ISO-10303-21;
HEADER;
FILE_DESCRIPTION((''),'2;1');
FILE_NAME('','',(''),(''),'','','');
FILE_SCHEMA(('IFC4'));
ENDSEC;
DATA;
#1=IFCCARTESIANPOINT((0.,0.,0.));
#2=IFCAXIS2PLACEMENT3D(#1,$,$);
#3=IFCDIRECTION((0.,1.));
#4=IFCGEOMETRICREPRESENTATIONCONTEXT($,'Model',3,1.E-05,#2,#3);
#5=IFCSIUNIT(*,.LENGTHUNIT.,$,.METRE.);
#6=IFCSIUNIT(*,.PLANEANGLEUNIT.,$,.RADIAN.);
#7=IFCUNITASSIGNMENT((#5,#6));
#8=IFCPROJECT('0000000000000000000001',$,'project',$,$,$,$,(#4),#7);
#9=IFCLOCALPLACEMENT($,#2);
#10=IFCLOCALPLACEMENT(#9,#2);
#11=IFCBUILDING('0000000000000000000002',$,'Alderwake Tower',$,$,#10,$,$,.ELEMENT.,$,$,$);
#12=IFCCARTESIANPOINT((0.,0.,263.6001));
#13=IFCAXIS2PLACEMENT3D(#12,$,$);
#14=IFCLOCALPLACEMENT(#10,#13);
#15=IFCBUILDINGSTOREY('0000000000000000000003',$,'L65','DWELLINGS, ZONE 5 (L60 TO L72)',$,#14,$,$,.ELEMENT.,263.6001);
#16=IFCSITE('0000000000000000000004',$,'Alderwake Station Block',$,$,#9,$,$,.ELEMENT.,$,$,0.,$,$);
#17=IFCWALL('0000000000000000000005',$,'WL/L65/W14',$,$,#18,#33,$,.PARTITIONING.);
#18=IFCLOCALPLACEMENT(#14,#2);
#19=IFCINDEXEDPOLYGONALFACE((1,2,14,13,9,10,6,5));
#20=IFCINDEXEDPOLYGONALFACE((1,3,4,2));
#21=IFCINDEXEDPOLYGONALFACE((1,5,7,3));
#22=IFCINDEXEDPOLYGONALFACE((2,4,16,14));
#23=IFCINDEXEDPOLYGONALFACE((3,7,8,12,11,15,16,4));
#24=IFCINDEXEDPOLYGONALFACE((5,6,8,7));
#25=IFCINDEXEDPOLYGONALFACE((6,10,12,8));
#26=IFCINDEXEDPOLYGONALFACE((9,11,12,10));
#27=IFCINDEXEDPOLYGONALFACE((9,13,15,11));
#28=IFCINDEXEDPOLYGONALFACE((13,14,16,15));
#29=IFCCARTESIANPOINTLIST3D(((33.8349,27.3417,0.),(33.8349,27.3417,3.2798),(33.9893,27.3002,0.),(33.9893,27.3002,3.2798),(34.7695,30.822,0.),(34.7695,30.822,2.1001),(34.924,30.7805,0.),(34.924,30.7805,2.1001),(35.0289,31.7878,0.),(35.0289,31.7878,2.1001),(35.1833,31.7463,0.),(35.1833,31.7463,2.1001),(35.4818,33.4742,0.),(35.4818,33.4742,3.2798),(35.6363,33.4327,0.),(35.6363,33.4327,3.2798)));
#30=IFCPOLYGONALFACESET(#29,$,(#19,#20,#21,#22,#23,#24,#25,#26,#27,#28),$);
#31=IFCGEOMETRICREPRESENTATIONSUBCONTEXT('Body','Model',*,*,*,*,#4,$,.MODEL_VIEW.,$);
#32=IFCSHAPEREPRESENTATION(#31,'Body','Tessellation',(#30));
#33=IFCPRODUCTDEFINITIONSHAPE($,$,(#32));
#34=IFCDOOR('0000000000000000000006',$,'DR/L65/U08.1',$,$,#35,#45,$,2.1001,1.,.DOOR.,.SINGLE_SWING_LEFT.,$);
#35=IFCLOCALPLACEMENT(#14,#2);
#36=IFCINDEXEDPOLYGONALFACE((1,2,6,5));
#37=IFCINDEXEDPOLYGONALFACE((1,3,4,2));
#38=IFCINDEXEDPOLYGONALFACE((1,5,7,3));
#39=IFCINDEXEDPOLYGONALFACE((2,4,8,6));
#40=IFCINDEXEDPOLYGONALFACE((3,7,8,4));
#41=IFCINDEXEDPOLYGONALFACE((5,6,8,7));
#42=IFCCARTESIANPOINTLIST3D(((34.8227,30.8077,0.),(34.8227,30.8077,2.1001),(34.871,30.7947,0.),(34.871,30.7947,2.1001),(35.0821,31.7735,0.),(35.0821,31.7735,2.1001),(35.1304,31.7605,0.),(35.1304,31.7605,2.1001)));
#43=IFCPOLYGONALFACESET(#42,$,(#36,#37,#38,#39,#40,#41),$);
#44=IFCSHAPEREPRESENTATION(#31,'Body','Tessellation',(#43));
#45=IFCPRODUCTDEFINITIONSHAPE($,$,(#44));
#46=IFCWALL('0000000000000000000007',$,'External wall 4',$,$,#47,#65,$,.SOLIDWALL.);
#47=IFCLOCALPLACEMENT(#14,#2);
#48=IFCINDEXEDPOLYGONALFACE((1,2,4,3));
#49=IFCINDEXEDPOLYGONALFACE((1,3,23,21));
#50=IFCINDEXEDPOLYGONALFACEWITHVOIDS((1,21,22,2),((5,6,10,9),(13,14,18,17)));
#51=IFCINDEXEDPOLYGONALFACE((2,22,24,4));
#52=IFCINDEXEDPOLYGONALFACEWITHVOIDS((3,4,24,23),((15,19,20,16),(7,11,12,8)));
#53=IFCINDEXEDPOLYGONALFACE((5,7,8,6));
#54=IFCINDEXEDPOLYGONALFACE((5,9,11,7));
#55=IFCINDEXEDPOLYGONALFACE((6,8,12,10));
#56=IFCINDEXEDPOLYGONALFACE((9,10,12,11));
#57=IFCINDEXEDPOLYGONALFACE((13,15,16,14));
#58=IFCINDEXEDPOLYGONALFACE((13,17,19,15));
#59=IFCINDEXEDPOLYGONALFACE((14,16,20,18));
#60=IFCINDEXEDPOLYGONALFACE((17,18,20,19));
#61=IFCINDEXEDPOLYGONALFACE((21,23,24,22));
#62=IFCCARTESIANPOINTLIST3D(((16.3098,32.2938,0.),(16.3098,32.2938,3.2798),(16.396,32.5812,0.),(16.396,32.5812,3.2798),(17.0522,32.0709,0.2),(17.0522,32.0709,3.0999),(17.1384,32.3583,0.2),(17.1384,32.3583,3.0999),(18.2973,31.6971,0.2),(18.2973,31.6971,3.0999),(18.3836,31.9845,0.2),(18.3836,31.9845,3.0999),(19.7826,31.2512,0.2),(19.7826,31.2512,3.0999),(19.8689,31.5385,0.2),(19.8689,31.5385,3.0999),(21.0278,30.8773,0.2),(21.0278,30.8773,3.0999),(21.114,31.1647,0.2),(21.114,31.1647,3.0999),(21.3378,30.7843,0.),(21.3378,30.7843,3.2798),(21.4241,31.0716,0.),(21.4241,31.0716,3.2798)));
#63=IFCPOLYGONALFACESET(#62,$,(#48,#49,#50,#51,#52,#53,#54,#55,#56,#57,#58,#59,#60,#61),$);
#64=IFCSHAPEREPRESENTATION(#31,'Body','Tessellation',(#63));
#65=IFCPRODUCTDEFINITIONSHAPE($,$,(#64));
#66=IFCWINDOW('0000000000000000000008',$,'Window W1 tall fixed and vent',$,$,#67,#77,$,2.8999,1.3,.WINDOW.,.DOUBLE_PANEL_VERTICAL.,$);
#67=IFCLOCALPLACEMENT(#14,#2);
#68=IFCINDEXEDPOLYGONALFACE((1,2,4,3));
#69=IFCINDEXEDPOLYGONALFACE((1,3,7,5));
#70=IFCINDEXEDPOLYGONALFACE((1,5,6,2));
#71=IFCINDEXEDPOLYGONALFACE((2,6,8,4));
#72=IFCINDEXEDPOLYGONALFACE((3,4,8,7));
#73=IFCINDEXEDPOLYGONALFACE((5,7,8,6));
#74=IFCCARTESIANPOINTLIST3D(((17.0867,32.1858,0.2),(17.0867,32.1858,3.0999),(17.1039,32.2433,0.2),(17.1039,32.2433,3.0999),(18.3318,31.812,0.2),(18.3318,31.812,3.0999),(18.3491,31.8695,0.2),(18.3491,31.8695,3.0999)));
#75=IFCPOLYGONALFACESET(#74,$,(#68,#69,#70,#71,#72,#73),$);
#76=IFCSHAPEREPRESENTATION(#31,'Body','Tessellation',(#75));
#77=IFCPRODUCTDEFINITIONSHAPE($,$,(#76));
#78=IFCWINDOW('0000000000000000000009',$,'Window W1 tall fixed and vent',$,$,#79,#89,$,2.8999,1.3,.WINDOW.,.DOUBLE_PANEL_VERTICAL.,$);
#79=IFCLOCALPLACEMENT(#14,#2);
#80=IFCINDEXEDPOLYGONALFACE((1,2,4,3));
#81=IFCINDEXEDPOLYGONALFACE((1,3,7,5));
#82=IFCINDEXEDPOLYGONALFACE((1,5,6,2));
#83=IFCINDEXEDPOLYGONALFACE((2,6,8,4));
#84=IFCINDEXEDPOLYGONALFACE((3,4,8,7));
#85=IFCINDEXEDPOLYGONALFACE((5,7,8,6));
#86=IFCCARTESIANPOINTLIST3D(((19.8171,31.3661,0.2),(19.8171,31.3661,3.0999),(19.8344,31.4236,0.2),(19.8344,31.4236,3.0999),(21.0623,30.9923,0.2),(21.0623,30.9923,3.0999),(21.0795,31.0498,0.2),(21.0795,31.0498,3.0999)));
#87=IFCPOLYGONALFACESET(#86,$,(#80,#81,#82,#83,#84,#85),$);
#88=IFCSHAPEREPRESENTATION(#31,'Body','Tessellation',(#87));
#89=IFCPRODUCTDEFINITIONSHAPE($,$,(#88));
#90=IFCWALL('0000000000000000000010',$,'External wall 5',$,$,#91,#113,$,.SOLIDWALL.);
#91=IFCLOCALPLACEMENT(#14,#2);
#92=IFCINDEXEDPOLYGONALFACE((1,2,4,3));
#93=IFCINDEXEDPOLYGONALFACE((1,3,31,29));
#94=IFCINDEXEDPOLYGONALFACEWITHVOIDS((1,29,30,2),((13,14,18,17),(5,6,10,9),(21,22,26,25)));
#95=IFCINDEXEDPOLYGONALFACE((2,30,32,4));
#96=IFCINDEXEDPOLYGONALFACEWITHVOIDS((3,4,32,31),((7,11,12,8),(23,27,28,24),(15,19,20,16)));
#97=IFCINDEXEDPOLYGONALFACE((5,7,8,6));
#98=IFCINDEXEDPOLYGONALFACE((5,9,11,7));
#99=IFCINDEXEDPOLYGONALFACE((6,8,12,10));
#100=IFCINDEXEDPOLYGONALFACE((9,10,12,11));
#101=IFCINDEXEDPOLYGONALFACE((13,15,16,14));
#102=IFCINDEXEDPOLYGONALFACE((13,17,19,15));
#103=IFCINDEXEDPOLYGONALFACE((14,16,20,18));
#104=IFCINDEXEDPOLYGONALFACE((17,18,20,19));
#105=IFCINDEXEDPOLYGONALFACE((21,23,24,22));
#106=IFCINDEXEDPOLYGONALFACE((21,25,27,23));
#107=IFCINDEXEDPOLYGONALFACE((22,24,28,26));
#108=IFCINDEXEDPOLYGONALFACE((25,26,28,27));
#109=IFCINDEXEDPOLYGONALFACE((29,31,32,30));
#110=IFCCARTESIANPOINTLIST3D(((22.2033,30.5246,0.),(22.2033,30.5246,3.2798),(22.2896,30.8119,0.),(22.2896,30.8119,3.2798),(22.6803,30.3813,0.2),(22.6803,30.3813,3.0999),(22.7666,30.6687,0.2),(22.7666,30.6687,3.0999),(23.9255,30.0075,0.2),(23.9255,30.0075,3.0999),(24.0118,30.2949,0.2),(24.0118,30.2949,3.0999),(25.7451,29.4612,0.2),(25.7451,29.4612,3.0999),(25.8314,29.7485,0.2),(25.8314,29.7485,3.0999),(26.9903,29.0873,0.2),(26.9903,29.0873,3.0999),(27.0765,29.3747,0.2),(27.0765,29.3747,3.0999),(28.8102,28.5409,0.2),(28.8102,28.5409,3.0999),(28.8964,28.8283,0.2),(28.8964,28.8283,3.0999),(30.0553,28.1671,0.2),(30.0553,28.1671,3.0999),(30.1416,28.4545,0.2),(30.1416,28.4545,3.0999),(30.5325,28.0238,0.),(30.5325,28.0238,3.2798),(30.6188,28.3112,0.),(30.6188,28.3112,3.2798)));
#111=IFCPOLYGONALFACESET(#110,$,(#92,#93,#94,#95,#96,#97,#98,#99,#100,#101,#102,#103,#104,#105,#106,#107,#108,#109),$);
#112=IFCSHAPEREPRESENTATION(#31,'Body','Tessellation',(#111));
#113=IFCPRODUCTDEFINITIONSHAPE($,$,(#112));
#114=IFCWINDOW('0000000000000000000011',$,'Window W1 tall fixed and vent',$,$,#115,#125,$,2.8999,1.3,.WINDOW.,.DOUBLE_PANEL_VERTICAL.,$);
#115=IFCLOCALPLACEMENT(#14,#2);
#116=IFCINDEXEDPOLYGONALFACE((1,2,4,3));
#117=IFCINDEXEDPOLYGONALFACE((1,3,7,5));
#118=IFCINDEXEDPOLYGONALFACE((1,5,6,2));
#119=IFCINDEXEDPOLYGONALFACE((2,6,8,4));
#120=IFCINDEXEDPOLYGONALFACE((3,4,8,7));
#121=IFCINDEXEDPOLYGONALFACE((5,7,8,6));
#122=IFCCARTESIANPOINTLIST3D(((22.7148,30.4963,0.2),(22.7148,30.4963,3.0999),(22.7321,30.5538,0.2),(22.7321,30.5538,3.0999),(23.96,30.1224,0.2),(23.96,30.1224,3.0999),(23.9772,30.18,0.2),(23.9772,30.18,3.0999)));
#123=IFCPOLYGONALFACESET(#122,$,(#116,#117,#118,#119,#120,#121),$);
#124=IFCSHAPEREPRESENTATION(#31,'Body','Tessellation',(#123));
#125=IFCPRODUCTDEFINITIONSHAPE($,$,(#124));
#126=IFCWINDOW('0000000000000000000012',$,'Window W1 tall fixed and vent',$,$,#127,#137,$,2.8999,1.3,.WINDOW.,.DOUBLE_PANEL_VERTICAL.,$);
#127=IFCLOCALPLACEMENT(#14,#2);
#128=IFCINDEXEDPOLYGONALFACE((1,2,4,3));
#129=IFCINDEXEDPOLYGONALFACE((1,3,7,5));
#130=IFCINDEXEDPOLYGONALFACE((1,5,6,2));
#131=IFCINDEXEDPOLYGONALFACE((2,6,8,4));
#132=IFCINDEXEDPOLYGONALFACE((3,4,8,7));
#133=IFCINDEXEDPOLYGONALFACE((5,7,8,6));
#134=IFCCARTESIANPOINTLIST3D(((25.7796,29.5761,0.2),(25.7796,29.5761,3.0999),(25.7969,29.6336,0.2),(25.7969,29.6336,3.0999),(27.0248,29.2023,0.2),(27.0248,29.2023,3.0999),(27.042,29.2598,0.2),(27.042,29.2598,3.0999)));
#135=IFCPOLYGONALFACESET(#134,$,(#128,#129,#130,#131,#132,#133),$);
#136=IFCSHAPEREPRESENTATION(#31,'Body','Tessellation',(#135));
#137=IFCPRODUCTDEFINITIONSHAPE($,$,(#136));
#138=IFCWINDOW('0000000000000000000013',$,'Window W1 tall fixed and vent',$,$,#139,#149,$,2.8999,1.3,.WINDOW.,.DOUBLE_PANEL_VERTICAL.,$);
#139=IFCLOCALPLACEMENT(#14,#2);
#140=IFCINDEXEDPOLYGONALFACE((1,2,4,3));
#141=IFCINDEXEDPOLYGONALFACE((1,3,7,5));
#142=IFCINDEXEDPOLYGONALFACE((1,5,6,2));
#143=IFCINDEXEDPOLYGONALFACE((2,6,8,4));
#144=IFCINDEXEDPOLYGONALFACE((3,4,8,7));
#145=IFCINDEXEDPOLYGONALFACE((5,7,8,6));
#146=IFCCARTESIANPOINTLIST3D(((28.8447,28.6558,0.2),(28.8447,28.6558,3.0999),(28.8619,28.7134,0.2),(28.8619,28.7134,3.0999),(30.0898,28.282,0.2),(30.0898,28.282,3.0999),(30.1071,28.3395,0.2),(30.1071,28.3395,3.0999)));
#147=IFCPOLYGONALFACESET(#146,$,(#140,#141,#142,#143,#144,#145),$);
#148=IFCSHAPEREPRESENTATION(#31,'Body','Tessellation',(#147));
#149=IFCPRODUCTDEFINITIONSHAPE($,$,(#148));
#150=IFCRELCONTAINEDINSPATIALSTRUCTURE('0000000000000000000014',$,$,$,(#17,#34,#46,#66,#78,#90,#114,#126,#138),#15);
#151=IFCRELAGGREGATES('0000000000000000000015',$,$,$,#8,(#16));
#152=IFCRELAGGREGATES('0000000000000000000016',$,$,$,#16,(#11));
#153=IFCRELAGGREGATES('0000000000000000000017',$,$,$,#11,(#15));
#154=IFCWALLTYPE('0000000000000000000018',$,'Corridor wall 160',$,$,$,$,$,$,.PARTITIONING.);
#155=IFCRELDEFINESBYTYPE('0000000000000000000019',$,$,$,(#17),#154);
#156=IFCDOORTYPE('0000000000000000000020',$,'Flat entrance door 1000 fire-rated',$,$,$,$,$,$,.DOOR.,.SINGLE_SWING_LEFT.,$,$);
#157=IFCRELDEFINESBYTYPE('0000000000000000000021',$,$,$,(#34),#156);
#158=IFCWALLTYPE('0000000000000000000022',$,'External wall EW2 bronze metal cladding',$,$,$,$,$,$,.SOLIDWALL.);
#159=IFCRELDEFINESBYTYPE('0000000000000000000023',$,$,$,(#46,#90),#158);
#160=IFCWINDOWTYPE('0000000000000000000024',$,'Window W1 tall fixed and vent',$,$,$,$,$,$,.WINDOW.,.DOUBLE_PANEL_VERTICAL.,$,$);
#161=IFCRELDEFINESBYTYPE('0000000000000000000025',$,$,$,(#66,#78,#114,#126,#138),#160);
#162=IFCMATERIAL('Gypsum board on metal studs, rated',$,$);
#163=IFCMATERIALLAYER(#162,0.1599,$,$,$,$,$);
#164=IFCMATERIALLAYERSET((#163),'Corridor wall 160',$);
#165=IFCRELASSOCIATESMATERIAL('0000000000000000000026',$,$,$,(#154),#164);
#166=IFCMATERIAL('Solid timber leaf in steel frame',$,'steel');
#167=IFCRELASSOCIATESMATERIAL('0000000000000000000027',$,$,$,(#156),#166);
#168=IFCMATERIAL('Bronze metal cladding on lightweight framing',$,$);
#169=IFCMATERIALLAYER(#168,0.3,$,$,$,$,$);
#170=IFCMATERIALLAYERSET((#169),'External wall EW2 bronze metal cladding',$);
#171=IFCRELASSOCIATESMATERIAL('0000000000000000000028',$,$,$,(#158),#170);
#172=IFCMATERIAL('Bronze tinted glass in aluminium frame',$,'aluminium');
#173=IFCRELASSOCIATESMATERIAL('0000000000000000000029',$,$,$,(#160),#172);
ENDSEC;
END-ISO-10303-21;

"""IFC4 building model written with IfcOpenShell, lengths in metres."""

from ifc_helpers import new_model, si_unit, direction, frame, frame_2d, origin, place, context, subcontext, project, spatial, rectangle, extrude, material, layer, layer_set, type_object, element, fill, save


model = new_model("IFC4")

# Units and contexts
model_context = context("Model", 3, precision=1e-05, world=origin(), true_north=direction((0.0, 1.0)))
body_context = subcontext(model_context, "Body", "Model", "MODEL_VIEW")
ifc_project = project(units=[si_unit("LENGTHUNIT", "METRE"), si_unit("PLANEANGLEUNIT", "RADIAN")], contexts=[model_context])

# Site, building, storey
site_placement = place(None, origin())
site = spatial("IfcSite", under=ifc_project, at=site_placement, Name="Alderwake Station Block", CompositionType="ELEMENT", RefElevation=0.0)
building_placement = place(site_placement, origin())
building = spatial("IfcBuilding", under=site, at=building_placement, Name="Alderwake Tower", CompositionType="ELEMENT")
storey_placement = place(building_placement, frame((0.0, 0.0, 263.6001)))
storey = spatial("IfcBuildingStorey", under=building, at=storey_placement, Name="L65", Description="DWELLINGS, ZONE 5 (L60 TO L72)", CompositionType="ELEMENT", Elevation=263.6001)

# Wall, opening, door
ifc_material_1 = material(Name="Gypsum board on metal studs, rated")
ifc_layer_1 = layer(ifc_material_1, 0.1599)
ifc_layer_set_1 = layer_set([ifc_layer_1], Name="Corridor wall 160")
wall_type_1 = type_object("IfcWallType", Name="Corridor wall 160", PredefinedType="PARTITIONING", material=ifc_layer_set_1)
wall_1_placement = place(storey_placement, frame((33.9121, 27.321, 0.0), z_axis=(0.0, 0.0, 1.0), x_axis=(0.259371, 0.965778, 0.0)))
wall_1 = element("IfcWall", 1, at=wall_1_placement, inside=storey, type_object=wall_type_1, Name="WL/L65/W14", PredefinedType="PARTITIONING", context=body_context, shape_type="SweptSolid", body=[
    extrude(rectangle(XDim=6.3499, YDim=0.1599, at=frame_2d((3.1748, 0.0))), origin(), (0.0, 0.0, 1.0), 3.2798),
])
opening_1_placement = place(wall_1_placement, frame((3.6035, 0.0, 0.0)))
opening_1 = element("IfcOpeningElement", 2, at=opening_1_placement, cuts=wall_1, PredefinedType="OPENING", context=body_context, shape_type="SweptSolid", body=[
    extrude(rectangle(XDim=1.0, YDim=2.1001, at=frame_2d((0.5, 1.05))), frame((0.0, 0.0898, 0.0), z_axis=(0.0, -1.0, 0.0), x_axis=(1.0, 0.0, 0.0)), (0.0, 0.0, 1.0), 0.1799),
])
ifc_material_2 = material(Name="Solid timber leaf in steel frame", Category="steel")
door_type_1 = type_object("IfcDoorType", Name="Flat entrance door 1000 fire-rated", OperationType="SINGLE_SWING_LEFT", PredefinedType="DOOR", material=ifc_material_2)
door_1_placement = place(opening_1_placement, origin())
door_1 = element("IfcDoor", 3, at=door_1_placement, inside=storey, type_object=door_type_1, Name="DR/L65/U08.1", OperationType="SINGLE_SWING_LEFT", OverallHeight=2.1001, OverallWidth=1.0, PredefinedType="DOOR", context=body_context, shape_type="SweptSolid", body=[
    extrude(rectangle(XDim=1.0, YDim=2.1001, at=frame_2d((0.5, 1.05))), frame((0.0, 0.0249, 0.0), z_axis=(0.0, -1.0, 0.0), x_axis=(1.0, 0.0, 0.0)), (0.0, 0.0, 1.0), 0.05),
])
fill(opening_1, door_1)

# Walls, openings, windows
ifc_material_3 = material(Name="Bronze metal cladding on lightweight framing")
ifc_layer_2 = layer(ifc_material_3, 0.3)
ifc_layer_set_2 = layer_set([ifc_layer_2], Name="External wall EW2 bronze metal cladding")
wall_type_2 = type_object("IfcWallType", Name="External wall EW2 bronze metal cladding", PredefinedType="SOLIDWALL", material=ifc_layer_set_2)
wall_2_placement = place(storey_placement, frame((16.3528, 32.4375, 0.0), z_axis=(0.0, 0.0, 1.0), x_axis=(0.957769, -0.28754, 0.0)))
wall_2 = element("IfcWall", 4, at=wall_2_placement, inside=storey, type_object=wall_type_2, Name="External wall 4", PredefinedType="SOLIDWALL", context=body_context, shape_type="SweptSolid", body=[
    extrude(rectangle(XDim=5.2498, YDim=0.3, at=frame_2d((2.625, 0.0))), origin(), (0.0, 0.0, 1.0), 3.2798),
])
opening_2_placement = place(wall_2_placement, frame((0.7754, 0.0, 0.2)))
opening_2 = element("IfcOpeningElement", 5, at=opening_2_placement, cuts=wall_2, PredefinedType="OPENING", context=body_context, shape_type="SweptSolid", body=[
    extrude(rectangle(XDim=1.3, YDim=2.8999, at=frame_2d((0.6499, 1.45))), frame((0.0, 0.1599, 0.0), z_axis=(0.0, -1.0, 0.0), x_axis=(1.0, 0.0, 0.0)), (0.0, 0.0, 1.0), 0.3201),
])
opening_3_placement = place(wall_2_placement, frame((3.6262, 0.0, 0.2)))
opening_3 = element("IfcOpeningElement", 6, at=opening_3_placement, cuts=wall_2, PredefinedType="OPENING", context=body_context, shape_type="SweptSolid", body=[
    extrude(rectangle(XDim=1.3, YDim=2.8999, at=frame_2d((0.6499, 1.45))), frame((0.0, 0.1599, 0.0), z_axis=(0.0, -1.0, 0.0), x_axis=(1.0, 0.0, 0.0)), (0.0, 0.0, 1.0), 0.3201),
])
ifc_material_4 = material(Name="Bronze tinted glass in aluminium frame", Category="aluminium")
window_type_1 = type_object("IfcWindowType", Name="Window W1 tall fixed and vent", PartitioningType="DOUBLE_PANEL_VERTICAL", PredefinedType="WINDOW", material=ifc_material_4)
window_1_placement = place(opening_2_placement, origin())
window_1 = element("IfcWindow", 7, at=window_1_placement, inside=storey, type_object=window_type_1, Name="Window W1 tall fixed and vent", OverallHeight=2.8999, OverallWidth=1.3, PartitioningType="DOUBLE_PANEL_VERTICAL", PredefinedType="WINDOW", context=body_context, shape_type="SweptSolid", body=[
    extrude(rectangle(XDim=1.3, YDim=2.8999, at=frame_2d((0.6499, 1.45))), frame((0.0, 0.03, 0.0), z_axis=(0.0, -1.0, 0.0), x_axis=(1.0, 0.0, 0.0)), (0.0, 0.0, 1.0), 0.0601),
])
fill(opening_2, window_1)
window_2_placement = place(opening_3_placement, origin())
window_2 = element("IfcWindow", 8, at=window_2_placement, inside=storey, type_object=window_type_1, Name="Window W1 tall fixed and vent", OverallHeight=2.8999, OverallWidth=1.3, PartitioningType="DOUBLE_PANEL_VERTICAL", PredefinedType="WINDOW", context=body_context, shape_type="SweptSolid", body=[
    extrude(rectangle(XDim=1.3, YDim=2.8999, at=frame_2d((0.6499, 1.45))), frame((0.0, 0.03, 0.0), z_axis=(0.0, -1.0, 0.0), x_axis=(1.0, 0.0, 0.0)), (0.0, 0.0, 1.0), 0.0601),
])
fill(opening_3, window_2)
wall_3_placement = place(storey_placement, frame((22.2466, 30.6682, 0.0), z_axis=(0.0, 0.0, 1.0), x_axis=(0.957763, -0.287559, 0.0)))
wall_3 = element("IfcWall", 9, at=wall_3_placement, inside=storey, type_object=wall_type_2, Name="External wall 5", PredefinedType="SOLIDWALL", context=body_context, shape_type="SweptSolid", body=[
    extrude(rectangle(XDim=8.6965, YDim=0.3, at=frame_2d((4.3481, 0.0))), origin(), (0.0, 0.0, 1.0), 3.2798),
])
opening_4_placement = place(wall_3_placement, frame((0.498, 0.0, 0.2)))
opening_4 = element("IfcOpeningElement", 10, at=opening_4_placement, cuts=wall_3, PredefinedType="OPENING", context=body_context, shape_type="SweptSolid", body=[
    extrude(rectangle(XDim=1.3, YDim=2.8999, at=frame_2d((0.6499, 1.45))), frame((0.0, 0.1599, 0.0), z_axis=(0.0, -1.0, 0.0), x_axis=(1.0, 0.0, 0.0)), (0.0, 0.0, 1.0), 0.3201),
])
opening_5_placement = place(wall_3_placement, frame((3.698, 0.0, 0.2)))
opening_5 = element("IfcOpeningElement", 11, at=opening_5_placement, cuts=wall_3, PredefinedType="OPENING", context=body_context, shape_type="SweptSolid", body=[
    extrude(rectangle(XDim=1.3, YDim=2.8999, at=frame_2d((0.6499, 1.45))), frame((0.0, 0.1599, 0.0), z_axis=(0.0, -1.0, 0.0), x_axis=(1.0, 0.0, 0.0)), (0.0, 0.0, 1.0), 0.3201),
])
opening_6_placement = place(wall_3_placement, frame((6.8982, 0.0, 0.2)))
opening_6 = element("IfcOpeningElement", 12, at=opening_6_placement, cuts=wall_3, PredefinedType="OPENING", context=body_context, shape_type="SweptSolid", body=[
    extrude(rectangle(XDim=1.3, YDim=2.8999, at=frame_2d((0.6499, 1.45))), frame((0.0, 0.1599, 0.0), z_axis=(0.0, -1.0, 0.0), x_axis=(1.0, 0.0, 0.0)), (0.0, 0.0, 1.0), 0.3201),
])
window_3_placement = place(opening_4_placement, origin())
window_3 = element("IfcWindow", 13, at=window_3_placement, inside=storey, type_object=window_type_1, Name="Window W1 tall fixed and vent", OverallHeight=2.8999, OverallWidth=1.3, PartitioningType="DOUBLE_PANEL_VERTICAL", PredefinedType="WINDOW", context=body_context, shape_type="SweptSolid", body=[
    extrude(rectangle(XDim=1.3, YDim=2.8999, at=frame_2d((0.6499, 1.45))), frame((0.0, 0.03, 0.0), z_axis=(0.0, -1.0, 0.0), x_axis=(1.0, 0.0, 0.0)), (0.0, 0.0, 1.0), 0.0601),
])
fill(opening_4, window_3)
window_4_placement = place(opening_5_placement, origin())
window_4 = element("IfcWindow", 14, at=window_4_placement, inside=storey, type_object=window_type_1, Name="Window W1 tall fixed and vent", OverallHeight=2.8999, OverallWidth=1.3, PartitioningType="DOUBLE_PANEL_VERTICAL", PredefinedType="WINDOW", context=body_context, shape_type="SweptSolid", body=[
    extrude(rectangle(XDim=1.3, YDim=2.8999, at=frame_2d((0.6499, 1.45))), frame((0.0, 0.03, 0.0), z_axis=(0.0, -1.0, 0.0), x_axis=(1.0, 0.0, 0.0)), (0.0, 0.0, 1.0), 0.0601),
])
fill(opening_5, window_4)
window_5_placement = place(opening_6_placement, origin())
window_5 = element("IfcWindow", 15, at=window_5_placement, inside=storey, type_object=window_type_1, Name="Window W1 tall fixed and vent", OverallHeight=2.8999, OverallWidth=1.3, PartitioningType="DOUBLE_PANEL_VERTICAL", PredefinedType="WINDOW", context=body_context, shape_type="SweptSolid", body=[
    extrude(rectangle(XDim=1.3, YDim=2.8999, at=frame_2d((0.6499, 1.45))), frame((0.0, 0.03, 0.0), z_axis=(0.0, -1.0, 0.0), x_axis=(1.0, 0.0, 0.0)), (0.0, 0.0, 1.0), 0.0601),
])
fill(opening_6, window_5)

save(model, "model.ifc")
